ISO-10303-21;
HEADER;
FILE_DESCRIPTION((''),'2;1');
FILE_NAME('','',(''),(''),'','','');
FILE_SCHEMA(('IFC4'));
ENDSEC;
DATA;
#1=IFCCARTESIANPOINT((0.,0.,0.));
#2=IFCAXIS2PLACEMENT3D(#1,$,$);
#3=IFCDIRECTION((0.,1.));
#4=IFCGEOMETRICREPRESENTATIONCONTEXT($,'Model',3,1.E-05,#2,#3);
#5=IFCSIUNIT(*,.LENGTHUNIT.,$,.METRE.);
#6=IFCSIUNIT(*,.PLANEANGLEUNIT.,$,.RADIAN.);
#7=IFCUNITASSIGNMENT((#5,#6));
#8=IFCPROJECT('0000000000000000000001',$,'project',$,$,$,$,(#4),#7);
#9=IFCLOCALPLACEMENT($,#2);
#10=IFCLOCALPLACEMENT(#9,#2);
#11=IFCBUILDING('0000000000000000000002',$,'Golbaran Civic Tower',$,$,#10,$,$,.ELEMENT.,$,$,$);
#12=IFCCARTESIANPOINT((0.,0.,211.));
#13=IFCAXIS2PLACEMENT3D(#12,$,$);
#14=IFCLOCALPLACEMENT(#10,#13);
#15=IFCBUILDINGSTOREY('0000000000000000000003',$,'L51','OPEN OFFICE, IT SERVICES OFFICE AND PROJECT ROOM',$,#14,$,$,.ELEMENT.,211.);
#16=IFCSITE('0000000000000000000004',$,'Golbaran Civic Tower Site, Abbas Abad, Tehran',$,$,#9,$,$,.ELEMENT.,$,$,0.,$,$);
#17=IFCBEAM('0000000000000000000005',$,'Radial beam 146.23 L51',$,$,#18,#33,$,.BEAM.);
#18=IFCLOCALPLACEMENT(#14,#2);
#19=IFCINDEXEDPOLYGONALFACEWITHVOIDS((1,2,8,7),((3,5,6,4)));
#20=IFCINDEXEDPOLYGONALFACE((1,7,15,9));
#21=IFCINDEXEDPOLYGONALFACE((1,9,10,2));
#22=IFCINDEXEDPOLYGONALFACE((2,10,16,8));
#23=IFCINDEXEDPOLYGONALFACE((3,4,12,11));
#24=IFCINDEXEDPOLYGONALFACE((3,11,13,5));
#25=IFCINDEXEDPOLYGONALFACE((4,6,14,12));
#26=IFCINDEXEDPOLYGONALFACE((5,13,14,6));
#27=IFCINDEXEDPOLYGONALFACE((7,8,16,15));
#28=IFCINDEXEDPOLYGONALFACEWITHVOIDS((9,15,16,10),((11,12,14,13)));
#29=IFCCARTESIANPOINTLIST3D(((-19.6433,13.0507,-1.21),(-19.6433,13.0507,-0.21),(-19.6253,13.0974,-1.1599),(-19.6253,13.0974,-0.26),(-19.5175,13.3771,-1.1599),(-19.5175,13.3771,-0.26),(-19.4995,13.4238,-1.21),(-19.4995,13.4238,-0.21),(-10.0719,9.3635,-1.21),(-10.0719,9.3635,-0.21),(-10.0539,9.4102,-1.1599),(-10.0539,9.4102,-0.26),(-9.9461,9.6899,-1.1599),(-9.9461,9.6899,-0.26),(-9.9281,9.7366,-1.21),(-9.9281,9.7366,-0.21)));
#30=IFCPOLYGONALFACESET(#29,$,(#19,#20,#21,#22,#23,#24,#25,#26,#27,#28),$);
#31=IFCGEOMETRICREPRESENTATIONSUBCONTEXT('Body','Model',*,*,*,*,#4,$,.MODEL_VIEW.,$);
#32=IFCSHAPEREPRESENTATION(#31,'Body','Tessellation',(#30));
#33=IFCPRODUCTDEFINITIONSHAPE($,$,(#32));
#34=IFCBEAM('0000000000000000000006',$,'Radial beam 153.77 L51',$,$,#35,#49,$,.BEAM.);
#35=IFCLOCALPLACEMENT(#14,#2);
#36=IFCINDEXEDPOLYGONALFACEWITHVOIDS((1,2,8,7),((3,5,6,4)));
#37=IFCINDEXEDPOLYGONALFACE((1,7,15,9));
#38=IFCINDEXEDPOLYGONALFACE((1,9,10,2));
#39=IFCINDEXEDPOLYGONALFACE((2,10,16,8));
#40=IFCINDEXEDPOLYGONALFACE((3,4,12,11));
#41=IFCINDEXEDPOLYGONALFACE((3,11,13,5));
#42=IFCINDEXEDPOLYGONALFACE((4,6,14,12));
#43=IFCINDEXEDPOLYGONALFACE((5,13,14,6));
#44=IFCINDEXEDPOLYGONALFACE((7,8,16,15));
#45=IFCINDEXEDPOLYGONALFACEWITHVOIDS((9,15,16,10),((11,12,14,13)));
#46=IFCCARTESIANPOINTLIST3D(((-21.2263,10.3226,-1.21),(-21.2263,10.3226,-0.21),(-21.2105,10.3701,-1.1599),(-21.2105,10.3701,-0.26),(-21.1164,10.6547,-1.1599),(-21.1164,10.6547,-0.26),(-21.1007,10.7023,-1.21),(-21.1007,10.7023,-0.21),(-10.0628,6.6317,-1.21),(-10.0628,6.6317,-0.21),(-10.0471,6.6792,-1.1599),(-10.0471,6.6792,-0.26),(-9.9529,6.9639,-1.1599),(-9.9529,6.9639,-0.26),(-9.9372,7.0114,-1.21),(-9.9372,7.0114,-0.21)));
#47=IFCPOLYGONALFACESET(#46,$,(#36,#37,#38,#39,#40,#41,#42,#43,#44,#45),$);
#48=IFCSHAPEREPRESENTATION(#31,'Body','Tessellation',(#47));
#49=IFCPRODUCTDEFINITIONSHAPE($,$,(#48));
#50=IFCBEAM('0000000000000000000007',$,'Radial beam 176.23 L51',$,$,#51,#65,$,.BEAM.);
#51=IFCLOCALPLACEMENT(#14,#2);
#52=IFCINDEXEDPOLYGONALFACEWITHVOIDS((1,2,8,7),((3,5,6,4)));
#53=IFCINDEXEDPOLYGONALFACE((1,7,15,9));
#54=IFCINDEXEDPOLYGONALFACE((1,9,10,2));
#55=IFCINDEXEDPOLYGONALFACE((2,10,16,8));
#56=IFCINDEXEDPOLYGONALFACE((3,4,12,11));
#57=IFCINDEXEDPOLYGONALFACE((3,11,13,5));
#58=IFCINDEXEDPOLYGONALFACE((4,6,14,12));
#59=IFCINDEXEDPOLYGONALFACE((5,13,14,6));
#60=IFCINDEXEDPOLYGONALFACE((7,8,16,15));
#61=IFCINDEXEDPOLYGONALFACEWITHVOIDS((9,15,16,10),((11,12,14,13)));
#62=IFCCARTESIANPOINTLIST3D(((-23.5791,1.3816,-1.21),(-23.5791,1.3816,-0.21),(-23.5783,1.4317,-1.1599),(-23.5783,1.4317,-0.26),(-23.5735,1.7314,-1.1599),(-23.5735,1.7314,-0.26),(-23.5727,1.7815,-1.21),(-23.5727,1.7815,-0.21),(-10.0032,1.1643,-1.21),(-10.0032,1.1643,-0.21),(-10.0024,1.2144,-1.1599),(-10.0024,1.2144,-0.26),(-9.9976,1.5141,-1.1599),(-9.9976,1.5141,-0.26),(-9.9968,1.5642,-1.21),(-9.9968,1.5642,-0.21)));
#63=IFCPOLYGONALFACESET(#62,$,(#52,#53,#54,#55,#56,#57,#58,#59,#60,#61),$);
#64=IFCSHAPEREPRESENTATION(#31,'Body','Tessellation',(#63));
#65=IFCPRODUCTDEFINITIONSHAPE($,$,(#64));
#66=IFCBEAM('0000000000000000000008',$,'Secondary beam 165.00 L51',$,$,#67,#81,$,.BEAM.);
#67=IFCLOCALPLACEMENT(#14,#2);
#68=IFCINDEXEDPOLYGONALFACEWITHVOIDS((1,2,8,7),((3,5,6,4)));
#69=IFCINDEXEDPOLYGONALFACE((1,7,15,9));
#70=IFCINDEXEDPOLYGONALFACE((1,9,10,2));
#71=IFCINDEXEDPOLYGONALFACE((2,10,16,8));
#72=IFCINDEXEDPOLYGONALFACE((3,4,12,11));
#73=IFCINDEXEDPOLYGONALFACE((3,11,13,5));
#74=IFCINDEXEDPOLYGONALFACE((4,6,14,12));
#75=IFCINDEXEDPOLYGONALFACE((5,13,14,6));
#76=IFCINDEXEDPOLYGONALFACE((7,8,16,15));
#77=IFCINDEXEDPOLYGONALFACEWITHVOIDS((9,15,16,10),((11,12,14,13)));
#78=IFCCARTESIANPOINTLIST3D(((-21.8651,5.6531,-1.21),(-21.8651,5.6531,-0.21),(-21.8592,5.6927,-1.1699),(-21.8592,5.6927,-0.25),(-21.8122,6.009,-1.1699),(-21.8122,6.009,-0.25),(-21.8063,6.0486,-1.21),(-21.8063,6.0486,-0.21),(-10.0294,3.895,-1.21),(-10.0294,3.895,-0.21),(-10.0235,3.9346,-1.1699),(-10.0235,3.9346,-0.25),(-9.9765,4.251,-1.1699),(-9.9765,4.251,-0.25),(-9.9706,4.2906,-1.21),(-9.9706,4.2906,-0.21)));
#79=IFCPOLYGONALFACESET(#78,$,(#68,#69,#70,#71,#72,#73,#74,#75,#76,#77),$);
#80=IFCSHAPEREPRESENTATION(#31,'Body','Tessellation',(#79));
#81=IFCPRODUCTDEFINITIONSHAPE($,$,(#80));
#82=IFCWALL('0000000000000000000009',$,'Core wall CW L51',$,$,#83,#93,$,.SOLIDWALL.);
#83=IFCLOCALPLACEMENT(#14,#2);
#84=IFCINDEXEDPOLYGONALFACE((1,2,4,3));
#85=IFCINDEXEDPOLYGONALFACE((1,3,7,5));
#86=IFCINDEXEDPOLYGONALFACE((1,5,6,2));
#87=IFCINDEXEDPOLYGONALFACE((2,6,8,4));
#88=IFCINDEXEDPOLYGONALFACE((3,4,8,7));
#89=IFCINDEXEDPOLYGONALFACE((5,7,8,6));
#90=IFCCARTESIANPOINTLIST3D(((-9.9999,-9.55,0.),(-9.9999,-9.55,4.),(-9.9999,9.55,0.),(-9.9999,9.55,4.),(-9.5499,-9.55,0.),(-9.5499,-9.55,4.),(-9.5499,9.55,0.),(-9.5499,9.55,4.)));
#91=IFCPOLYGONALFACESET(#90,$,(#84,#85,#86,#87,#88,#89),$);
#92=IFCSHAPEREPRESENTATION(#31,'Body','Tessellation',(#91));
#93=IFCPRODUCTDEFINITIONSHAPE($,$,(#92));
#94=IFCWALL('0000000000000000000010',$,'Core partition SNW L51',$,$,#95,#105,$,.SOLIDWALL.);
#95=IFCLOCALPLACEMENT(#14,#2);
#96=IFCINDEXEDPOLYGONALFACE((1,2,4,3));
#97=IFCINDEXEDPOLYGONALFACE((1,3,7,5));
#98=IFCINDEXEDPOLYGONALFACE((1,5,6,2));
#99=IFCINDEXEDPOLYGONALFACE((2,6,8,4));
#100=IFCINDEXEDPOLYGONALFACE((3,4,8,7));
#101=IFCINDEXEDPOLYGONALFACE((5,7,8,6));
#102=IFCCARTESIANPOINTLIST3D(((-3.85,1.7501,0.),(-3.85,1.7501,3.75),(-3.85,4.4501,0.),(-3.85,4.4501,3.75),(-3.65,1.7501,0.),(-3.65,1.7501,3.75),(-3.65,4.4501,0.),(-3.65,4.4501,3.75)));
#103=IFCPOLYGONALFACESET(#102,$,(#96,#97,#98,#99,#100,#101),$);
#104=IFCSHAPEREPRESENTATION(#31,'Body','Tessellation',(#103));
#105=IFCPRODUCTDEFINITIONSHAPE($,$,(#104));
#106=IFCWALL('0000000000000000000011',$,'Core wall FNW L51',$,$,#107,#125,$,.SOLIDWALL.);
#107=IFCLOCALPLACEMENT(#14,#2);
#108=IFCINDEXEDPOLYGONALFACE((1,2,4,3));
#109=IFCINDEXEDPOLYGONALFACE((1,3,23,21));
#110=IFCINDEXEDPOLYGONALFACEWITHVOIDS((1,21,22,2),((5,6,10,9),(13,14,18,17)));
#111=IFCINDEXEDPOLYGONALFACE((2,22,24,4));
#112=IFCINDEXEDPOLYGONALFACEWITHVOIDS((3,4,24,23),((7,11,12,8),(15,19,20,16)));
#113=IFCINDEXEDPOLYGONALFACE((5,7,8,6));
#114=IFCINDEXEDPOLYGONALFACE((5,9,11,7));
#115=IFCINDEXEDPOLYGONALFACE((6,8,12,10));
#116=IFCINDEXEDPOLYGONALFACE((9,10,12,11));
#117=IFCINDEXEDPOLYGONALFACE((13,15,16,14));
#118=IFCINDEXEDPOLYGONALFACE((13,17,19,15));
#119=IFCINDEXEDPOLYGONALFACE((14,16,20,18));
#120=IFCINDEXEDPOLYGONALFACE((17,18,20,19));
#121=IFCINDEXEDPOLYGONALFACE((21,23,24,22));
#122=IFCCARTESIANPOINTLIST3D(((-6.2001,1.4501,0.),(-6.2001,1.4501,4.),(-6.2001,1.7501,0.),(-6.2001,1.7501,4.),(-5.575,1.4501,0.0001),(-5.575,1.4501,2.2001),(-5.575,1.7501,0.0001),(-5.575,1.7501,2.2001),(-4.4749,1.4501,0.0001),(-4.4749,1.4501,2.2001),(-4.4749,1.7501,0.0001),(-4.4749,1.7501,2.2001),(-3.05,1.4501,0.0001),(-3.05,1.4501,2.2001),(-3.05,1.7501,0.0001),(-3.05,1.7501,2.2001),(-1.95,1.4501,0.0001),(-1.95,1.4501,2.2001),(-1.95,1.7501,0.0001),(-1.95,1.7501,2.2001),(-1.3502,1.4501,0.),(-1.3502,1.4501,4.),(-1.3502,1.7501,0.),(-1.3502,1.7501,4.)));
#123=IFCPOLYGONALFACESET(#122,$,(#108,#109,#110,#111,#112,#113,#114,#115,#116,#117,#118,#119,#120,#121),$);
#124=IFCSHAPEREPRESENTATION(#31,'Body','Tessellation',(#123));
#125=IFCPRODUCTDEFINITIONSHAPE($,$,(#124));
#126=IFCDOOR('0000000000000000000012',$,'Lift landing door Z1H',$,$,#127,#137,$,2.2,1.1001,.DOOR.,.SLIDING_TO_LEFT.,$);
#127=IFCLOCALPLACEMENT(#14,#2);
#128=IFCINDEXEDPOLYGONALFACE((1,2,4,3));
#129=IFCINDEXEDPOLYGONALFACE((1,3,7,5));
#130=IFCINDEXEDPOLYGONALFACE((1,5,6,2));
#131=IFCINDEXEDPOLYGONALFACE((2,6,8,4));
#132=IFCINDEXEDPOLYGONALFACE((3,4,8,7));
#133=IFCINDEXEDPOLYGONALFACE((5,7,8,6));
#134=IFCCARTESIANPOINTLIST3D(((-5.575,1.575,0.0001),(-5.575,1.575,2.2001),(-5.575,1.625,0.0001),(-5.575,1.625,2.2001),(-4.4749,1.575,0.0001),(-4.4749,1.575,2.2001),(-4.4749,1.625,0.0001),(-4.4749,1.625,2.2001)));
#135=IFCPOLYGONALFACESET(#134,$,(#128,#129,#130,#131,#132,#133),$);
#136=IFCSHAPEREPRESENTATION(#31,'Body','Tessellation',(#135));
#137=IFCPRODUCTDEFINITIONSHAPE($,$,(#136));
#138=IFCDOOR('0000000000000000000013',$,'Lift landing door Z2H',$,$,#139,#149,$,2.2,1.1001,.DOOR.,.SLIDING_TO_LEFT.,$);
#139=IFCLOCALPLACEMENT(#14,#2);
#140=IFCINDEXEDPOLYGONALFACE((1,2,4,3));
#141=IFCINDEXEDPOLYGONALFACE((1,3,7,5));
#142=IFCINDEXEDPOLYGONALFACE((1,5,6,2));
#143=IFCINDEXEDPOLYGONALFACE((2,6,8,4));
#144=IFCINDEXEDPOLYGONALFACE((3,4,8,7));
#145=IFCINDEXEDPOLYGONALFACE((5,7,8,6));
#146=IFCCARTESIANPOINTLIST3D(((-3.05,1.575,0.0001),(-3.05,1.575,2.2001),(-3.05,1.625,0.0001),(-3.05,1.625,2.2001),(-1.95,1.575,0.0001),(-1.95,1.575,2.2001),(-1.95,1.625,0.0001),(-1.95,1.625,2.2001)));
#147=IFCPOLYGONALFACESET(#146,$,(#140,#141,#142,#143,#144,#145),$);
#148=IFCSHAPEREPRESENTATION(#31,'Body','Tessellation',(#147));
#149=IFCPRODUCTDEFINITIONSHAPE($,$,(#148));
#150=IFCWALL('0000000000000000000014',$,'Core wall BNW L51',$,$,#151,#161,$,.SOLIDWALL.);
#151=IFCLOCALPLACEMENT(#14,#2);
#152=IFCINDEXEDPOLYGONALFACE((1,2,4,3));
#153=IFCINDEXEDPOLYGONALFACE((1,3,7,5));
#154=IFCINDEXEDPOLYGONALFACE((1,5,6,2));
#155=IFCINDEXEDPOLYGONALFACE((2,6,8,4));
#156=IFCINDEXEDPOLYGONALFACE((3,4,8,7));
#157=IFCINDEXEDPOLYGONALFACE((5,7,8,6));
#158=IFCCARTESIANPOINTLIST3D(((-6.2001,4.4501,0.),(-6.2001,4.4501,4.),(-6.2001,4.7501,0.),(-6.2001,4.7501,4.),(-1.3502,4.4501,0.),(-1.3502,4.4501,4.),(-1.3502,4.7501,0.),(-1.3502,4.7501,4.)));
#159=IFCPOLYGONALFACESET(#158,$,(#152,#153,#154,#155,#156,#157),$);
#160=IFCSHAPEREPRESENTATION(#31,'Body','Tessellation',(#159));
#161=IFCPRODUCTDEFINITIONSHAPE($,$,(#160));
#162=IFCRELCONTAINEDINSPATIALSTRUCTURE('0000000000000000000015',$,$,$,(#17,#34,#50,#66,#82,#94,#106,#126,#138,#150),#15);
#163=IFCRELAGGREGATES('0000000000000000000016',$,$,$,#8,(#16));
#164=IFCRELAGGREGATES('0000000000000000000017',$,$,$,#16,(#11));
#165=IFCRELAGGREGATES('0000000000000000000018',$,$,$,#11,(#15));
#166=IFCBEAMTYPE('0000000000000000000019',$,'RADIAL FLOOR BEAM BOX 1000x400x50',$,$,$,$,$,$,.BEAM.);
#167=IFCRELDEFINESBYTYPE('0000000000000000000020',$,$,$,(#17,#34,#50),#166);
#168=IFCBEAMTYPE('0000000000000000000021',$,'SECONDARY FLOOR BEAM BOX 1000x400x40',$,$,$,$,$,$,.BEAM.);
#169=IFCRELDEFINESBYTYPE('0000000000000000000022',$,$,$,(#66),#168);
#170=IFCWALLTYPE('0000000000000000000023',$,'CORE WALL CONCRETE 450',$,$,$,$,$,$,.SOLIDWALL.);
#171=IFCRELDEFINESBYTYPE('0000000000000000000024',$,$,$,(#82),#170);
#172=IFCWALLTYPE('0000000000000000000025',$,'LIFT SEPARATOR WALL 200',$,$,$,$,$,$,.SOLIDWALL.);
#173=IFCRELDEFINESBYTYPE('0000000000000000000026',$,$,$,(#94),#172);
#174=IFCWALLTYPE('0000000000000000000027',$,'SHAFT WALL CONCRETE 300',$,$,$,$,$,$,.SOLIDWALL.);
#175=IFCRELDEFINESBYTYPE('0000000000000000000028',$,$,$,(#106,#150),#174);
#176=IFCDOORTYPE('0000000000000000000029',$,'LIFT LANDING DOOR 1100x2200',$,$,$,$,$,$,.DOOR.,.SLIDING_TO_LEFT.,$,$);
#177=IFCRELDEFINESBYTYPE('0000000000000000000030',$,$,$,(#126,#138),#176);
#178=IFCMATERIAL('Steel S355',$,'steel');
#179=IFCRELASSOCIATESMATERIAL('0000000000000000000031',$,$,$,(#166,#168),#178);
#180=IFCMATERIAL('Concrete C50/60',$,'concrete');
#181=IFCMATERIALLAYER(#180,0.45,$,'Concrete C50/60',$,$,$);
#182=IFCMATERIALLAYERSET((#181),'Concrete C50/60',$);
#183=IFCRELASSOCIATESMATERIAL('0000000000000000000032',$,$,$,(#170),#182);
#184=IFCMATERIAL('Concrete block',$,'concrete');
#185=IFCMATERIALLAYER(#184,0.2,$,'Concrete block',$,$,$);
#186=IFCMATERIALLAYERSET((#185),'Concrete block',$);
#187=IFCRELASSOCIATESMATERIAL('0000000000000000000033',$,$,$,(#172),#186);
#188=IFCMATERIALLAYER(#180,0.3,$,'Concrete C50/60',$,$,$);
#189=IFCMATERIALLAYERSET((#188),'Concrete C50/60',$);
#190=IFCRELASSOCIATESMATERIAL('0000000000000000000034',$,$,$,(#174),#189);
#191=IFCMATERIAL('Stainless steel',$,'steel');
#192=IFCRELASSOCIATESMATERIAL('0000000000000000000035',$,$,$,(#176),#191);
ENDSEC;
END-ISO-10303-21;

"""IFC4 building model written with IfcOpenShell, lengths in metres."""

from ifc_helpers import new_model, si_unit, direction, frame, frame_2d, origin, origin_2d, place, context, subcontext, project, spatial, rectangle, hollow_rectangle, extrude, material, layer, layer_set, material_profile, profile_set, type_object, element, fill, save


model = new_model("IFC4")

# Units and contexts
model_context = context("Model", 3, precision=1e-05, world=origin(), true_north=direction((0.0, 1.0)))
body_context = subcontext(model_context, "Body", "Model", "MODEL_VIEW")
ifc_project = project(units=[si_unit("LENGTHUNIT", "METRE"), si_unit("PLANEANGLEUNIT", "RADIAN")], contexts=[model_context])

# Site, building, storey
site_placement = place(None, origin())
site = spatial("IfcSite", under=ifc_project, at=site_placement, Name="Golbaran Civic Tower Site, Abbas Abad, Tehran", CompositionType="ELEMENT", RefElevation=0.0)
building_placement = place(site_placement, origin())
building = spatial("IfcBuilding", under=site, at=building_placement, Name="Golbaran Civic Tower", CompositionType="ELEMENT")
storey_placement = place(building_placement, frame((0.0, 0.0, 211.0)))
storey = spatial("IfcBuildingStorey", under=building, at=storey_placement, Name="L51", Description="OPEN OFFICE, IT SERVICES OFFICE AND PROJECT ROOM", CompositionType="ELEMENT", Elevation=211.0)

# Beams
ifc_material_1 = material(Name="Steel S355", Category="steel")
ifc_material_profile_1 = material_profile(ifc_material_1, hollow_rectangle(XDim=0.3999, YDim=1.0, WallThickness=0.05, at=origin_2d()), Name="BOX 1000x400x50")
ifc_profile_set_1 = profile_set([ifc_material_profile_1], Name="Steel S355")
beam_type_1 = type_object("IfcBeamType", Name="RADIAL FLOOR BEAM BOX 1000x400x50", PredefinedType="BEAM", material=ifc_profile_set_1)
beam_1_placement = place(storey_placement, frame((-10.0, 9.55, -0.71), z_axis=(-0.933153, 0.35948, 0.0), x_axis=(-0.35948, -0.933153, 0.0)))
element("IfcBeam", 1, at=beam_1_placement, inside=storey, type_object=beam_type_1, Name="Radial beam 146.23 L51", PredefinedType="BEAM", context=body_context, shape_type="SweptSolid", body=[
    extrude(hollow_rectangle(XDim=0.3999, YDim=1.0, WallThickness=0.05, at=origin_2d()), origin(), (0.0, 0.0, 1.0), 10.2571),
])
beam_2_placement = place(storey_placement, frame((-10.0, 6.8215, -0.71), z_axis=(-0.949453, 0.31391, 0.0), x_axis=(-0.31391, -0.949453, 0.0)))
element("IfcBeam", 2, at=beam_2_placement, inside=storey, type_object=beam_type_1, Name="Radial beam 153.77 L51", PredefinedType="BEAM", context=body_context, shape_type="SweptSolid", body=[
    extrude(hollow_rectangle(XDim=0.3999, YDim=1.0, WallThickness=0.05, at=origin_2d()), origin(), (0.0, 0.0, 1.0), 11.7578),
])
beam_3_placement = place(storey_placement, frame((-10.0, 1.3643, -0.71), z_axis=(-0.999872, 0.016003, 0.0), x_axis=(-0.016003, -0.999872, 0.0)))
element("IfcBeam", 3, at=beam_3_placement, inside=storey, type_object=beam_type_1, Name="Radial beam 176.23 L51", PredefinedType="BEAM", context=body_context, shape_type="SweptSolid", body=[
    extrude(hollow_rectangle(XDim=0.3999, YDim=1.0, WallThickness=0.05, at=origin_2d()), origin(), (0.0, 0.0, 1.0), 13.5776),
])
ifc_material_profile_2 = material_profile(ifc_material_1, hollow_rectangle(XDim=0.3999, YDim=1.0, WallThickness=0.04, at=origin_2d()), Name="BOX 1000x400x40")
ifc_profile_set_2 = profile_set([ifc_material_profile_2], Name="Steel S355")
beam_type_2 = type_object("IfcBeamType", Name="SECONDARY FLOOR BEAM BOX 1000x400x40", PredefinedType="BEAM", material=ifc_profile_set_2)
beam_4_placement = place(storey_placement, frame((-10.0, 4.0928, -0.71), z_axis=(-0.989147, 0.146927, 0.0), x_axis=(-0.146927, -0.989147, 0.0)))
element("IfcBeam", 4, at=beam_4_placement, inside=storey, type_object=beam_type_2, Name="Secondary beam 165.00 L51", PredefinedType="BEAM", context=body_context, shape_type="SweptSolid", body=[
    extrude(hollow_rectangle(XDim=0.3999, YDim=1.0, WallThickness=0.04, at=origin_2d()), origin(), (0.0, 0.0, 1.0), 11.9656),
])

# Walls
ifc_material_2 = material(Name="Concrete C50/60", Category="concrete")
ifc_layer_1 = layer(ifc_material_2, 0.45, Name="Concrete C50/60")
ifc_layer_set_1 = layer_set([ifc_layer_1], Name="Concrete C50/60")
wall_type_1 = type_object("IfcWallType", Name="CORE WALL CONCRETE 450", PredefinedType="SOLIDWALL", material=ifc_layer_set_1)
wall_1_placement = place(storey_placement, frame((-9.7749, 9.55, 0.0), z_axis=(0.0, 0.0, 1.0), x_axis=(0.0, -1.0, 0.0)))
element("IfcWall", 5, at=wall_1_placement, inside=storey, type_object=wall_type_1, Name="Core wall CW L51", PredefinedType="SOLIDWALL", context=body_context, shape_type="SweptSolid", body=[
    extrude(rectangle(XDim=19.1001, YDim=0.45, at=frame_2d((9.55, 0.0))), origin(), (0.0, 0.0, 1.0), 4.0),
])
ifc_material_3 = material(Name="Concrete block", Category="concrete")
ifc_layer_2 = layer(ifc_material_3, 0.2, Name="Concrete block")
ifc_layer_set_2 = layer_set([ifc_layer_2], Name="Concrete block")
wall_type_2 = type_object("IfcWallType", Name="LIFT SEPARATOR WALL 200", PredefinedType="SOLIDWALL", material=ifc_layer_set_2)
wall_2_placement = place(storey_placement, frame((-3.75, 1.75, 0.0), z_axis=(0.0, 0.0, 1.0), x_axis=(0.0, 1.0, 0.0)))
element("IfcWall", 6, at=wall_2_placement, inside=storey, type_object=wall_type_2, Name="Core partition SNW L51", PredefinedType="SOLIDWALL", context=body_context, shape_type="SweptSolid", body=[
    extrude(rectangle(XDim=2.7, YDim=0.2, at=frame_2d((1.3501, 0.0))), origin(), (0.0, 0.0, 1.0), 3.75),
])

# Wall, openings, doors
ifc_layer_3 = layer(ifc_material_2, 0.3, Name="Concrete C50/60")
ifc_layer_set_3 = layer_set([ifc_layer_3], Name="Concrete C50/60")
wall_type_3 = type_object("IfcWallType", Name="SHAFT WALL CONCRETE 300", PredefinedType="SOLIDWALL", material=ifc_layer_set_3)
wall_3_placement = place(storey_placement, frame((-6.2, 1.6001, 0.0), z_axis=(0.0, 0.0, 1.0), x_axis=(1.0, 0.0, 0.0)))
wall_3 = element("IfcWall", 7, at=wall_3_placement, inside=storey, type_object=wall_type_3, Name="Core wall FNW L51", PredefinedType="SOLIDWALL", context=body_context, shape_type="SweptSolid", body=[
    extrude(rectangle(XDim=4.8499, YDim=0.3, at=frame_2d((2.4248, 0.0))), origin(), (0.0, 0.0, 1.0), 4.0),
])
opening_1_placement = place(wall_3_placement, frame((0.625, 0.0, 0.0)))
opening_1 = element("IfcOpeningElement", 8, at=opening_1_placement, cuts=wall_3, PredefinedType="OPENING", context=body_context, shape_type="SweptSolid", body=[
    extrude(rectangle(XDim=1.1001, YDim=2.2, at=frame_2d((0.55, 1.1001))), frame((0.0, 0.1599, 0.0), z_axis=(0.0, -1.0, 0.0), x_axis=(1.0, 0.0, 0.0)), (0.0, 0.0, 1.0), 0.3201),
])
opening_2_placement = place(wall_3_placement, frame((3.1499, 0.0, 0.0)))
opening_2 = element("IfcOpeningElement", 9, at=opening_2_placement, cuts=wall_3, PredefinedType="OPENING", context=body_context, shape_type="SweptSolid", body=[
    extrude(rectangle(XDim=1.1001, YDim=2.2, at=frame_2d((0.55, 1.1001))), frame((0.0, 0.1599, 0.0), z_axis=(0.0, -1.0, 0.0), x_axis=(1.0, 0.0, 0.0)), (0.0, 0.0, 1.0), 0.3201),
])
ifc_material_4 = material(Name="Stainless steel", Category="steel")
door_type_1 = type_object("IfcDoorType", Name="LIFT LANDING DOOR 1100x2200", OperationType="SLIDING_TO_LEFT", PredefinedType="DOOR", material=ifc_material_4)
door_1_placement = place(opening_1_placement, origin())
door_1 = element("IfcDoor", 10, at=door_1_placement, inside=storey, type_object=door_type_1, Name="Lift landing door Z1H", OperationType="SLIDING_TO_LEFT", OverallHeight=2.2, OverallWidth=1.1001, PredefinedType="DOOR", context=body_context, shape_type="SweptSolid", body=[
    extrude(rectangle(XDim=1.1001, YDim=2.2, at=frame_2d((0.55, 1.1001))), frame((0.0, 0.0249, 0.0), z_axis=(0.0, -1.0, 0.0), x_axis=(1.0, 0.0, 0.0)), (0.0, 0.0, 1.0), 0.05),
])
fill(opening_1, door_1)
door_2_placement = place(opening_2_placement, origin())
door_2 = element("IfcDoor", 11, at=door_2_placement, inside=storey, type_object=door_type_1, Name="Lift landing door Z2H", OperationType="SLIDING_TO_LEFT", OverallHeight=2.2, OverallWidth=1.1001, PredefinedType="DOOR", context=body_context, shape_type="SweptSolid", body=[
    extrude(rectangle(XDim=1.1001, YDim=2.2, at=frame_2d((0.55, 1.1001))), frame((0.0, 0.0249, 0.0), z_axis=(0.0, -1.0, 0.0), x_axis=(1.0, 0.0, 0.0)), (0.0, 0.0, 1.0), 0.05),
])
fill(opening_2, door_2)

# Wall
wall_4_placement = place(storey_placement, frame((-6.2, 4.6001, 0.0), z_axis=(0.0, 0.0, 1.0), x_axis=(1.0, 0.0, 0.0)))
element("IfcWall", 12, at=wall_4_placement, inside=storey, type_object=wall_type_3, Name="Core wall BNW L51", PredefinedType="SOLIDWALL", context=body_context, shape_type="SweptSolid", body=[
    extrude(rectangle(XDim=4.8499, YDim=0.3, at=frame_2d((2.4248, 0.0))), origin(), (0.0, 0.0, 1.0), 4.0),
])

save(model, "model.ifc")
